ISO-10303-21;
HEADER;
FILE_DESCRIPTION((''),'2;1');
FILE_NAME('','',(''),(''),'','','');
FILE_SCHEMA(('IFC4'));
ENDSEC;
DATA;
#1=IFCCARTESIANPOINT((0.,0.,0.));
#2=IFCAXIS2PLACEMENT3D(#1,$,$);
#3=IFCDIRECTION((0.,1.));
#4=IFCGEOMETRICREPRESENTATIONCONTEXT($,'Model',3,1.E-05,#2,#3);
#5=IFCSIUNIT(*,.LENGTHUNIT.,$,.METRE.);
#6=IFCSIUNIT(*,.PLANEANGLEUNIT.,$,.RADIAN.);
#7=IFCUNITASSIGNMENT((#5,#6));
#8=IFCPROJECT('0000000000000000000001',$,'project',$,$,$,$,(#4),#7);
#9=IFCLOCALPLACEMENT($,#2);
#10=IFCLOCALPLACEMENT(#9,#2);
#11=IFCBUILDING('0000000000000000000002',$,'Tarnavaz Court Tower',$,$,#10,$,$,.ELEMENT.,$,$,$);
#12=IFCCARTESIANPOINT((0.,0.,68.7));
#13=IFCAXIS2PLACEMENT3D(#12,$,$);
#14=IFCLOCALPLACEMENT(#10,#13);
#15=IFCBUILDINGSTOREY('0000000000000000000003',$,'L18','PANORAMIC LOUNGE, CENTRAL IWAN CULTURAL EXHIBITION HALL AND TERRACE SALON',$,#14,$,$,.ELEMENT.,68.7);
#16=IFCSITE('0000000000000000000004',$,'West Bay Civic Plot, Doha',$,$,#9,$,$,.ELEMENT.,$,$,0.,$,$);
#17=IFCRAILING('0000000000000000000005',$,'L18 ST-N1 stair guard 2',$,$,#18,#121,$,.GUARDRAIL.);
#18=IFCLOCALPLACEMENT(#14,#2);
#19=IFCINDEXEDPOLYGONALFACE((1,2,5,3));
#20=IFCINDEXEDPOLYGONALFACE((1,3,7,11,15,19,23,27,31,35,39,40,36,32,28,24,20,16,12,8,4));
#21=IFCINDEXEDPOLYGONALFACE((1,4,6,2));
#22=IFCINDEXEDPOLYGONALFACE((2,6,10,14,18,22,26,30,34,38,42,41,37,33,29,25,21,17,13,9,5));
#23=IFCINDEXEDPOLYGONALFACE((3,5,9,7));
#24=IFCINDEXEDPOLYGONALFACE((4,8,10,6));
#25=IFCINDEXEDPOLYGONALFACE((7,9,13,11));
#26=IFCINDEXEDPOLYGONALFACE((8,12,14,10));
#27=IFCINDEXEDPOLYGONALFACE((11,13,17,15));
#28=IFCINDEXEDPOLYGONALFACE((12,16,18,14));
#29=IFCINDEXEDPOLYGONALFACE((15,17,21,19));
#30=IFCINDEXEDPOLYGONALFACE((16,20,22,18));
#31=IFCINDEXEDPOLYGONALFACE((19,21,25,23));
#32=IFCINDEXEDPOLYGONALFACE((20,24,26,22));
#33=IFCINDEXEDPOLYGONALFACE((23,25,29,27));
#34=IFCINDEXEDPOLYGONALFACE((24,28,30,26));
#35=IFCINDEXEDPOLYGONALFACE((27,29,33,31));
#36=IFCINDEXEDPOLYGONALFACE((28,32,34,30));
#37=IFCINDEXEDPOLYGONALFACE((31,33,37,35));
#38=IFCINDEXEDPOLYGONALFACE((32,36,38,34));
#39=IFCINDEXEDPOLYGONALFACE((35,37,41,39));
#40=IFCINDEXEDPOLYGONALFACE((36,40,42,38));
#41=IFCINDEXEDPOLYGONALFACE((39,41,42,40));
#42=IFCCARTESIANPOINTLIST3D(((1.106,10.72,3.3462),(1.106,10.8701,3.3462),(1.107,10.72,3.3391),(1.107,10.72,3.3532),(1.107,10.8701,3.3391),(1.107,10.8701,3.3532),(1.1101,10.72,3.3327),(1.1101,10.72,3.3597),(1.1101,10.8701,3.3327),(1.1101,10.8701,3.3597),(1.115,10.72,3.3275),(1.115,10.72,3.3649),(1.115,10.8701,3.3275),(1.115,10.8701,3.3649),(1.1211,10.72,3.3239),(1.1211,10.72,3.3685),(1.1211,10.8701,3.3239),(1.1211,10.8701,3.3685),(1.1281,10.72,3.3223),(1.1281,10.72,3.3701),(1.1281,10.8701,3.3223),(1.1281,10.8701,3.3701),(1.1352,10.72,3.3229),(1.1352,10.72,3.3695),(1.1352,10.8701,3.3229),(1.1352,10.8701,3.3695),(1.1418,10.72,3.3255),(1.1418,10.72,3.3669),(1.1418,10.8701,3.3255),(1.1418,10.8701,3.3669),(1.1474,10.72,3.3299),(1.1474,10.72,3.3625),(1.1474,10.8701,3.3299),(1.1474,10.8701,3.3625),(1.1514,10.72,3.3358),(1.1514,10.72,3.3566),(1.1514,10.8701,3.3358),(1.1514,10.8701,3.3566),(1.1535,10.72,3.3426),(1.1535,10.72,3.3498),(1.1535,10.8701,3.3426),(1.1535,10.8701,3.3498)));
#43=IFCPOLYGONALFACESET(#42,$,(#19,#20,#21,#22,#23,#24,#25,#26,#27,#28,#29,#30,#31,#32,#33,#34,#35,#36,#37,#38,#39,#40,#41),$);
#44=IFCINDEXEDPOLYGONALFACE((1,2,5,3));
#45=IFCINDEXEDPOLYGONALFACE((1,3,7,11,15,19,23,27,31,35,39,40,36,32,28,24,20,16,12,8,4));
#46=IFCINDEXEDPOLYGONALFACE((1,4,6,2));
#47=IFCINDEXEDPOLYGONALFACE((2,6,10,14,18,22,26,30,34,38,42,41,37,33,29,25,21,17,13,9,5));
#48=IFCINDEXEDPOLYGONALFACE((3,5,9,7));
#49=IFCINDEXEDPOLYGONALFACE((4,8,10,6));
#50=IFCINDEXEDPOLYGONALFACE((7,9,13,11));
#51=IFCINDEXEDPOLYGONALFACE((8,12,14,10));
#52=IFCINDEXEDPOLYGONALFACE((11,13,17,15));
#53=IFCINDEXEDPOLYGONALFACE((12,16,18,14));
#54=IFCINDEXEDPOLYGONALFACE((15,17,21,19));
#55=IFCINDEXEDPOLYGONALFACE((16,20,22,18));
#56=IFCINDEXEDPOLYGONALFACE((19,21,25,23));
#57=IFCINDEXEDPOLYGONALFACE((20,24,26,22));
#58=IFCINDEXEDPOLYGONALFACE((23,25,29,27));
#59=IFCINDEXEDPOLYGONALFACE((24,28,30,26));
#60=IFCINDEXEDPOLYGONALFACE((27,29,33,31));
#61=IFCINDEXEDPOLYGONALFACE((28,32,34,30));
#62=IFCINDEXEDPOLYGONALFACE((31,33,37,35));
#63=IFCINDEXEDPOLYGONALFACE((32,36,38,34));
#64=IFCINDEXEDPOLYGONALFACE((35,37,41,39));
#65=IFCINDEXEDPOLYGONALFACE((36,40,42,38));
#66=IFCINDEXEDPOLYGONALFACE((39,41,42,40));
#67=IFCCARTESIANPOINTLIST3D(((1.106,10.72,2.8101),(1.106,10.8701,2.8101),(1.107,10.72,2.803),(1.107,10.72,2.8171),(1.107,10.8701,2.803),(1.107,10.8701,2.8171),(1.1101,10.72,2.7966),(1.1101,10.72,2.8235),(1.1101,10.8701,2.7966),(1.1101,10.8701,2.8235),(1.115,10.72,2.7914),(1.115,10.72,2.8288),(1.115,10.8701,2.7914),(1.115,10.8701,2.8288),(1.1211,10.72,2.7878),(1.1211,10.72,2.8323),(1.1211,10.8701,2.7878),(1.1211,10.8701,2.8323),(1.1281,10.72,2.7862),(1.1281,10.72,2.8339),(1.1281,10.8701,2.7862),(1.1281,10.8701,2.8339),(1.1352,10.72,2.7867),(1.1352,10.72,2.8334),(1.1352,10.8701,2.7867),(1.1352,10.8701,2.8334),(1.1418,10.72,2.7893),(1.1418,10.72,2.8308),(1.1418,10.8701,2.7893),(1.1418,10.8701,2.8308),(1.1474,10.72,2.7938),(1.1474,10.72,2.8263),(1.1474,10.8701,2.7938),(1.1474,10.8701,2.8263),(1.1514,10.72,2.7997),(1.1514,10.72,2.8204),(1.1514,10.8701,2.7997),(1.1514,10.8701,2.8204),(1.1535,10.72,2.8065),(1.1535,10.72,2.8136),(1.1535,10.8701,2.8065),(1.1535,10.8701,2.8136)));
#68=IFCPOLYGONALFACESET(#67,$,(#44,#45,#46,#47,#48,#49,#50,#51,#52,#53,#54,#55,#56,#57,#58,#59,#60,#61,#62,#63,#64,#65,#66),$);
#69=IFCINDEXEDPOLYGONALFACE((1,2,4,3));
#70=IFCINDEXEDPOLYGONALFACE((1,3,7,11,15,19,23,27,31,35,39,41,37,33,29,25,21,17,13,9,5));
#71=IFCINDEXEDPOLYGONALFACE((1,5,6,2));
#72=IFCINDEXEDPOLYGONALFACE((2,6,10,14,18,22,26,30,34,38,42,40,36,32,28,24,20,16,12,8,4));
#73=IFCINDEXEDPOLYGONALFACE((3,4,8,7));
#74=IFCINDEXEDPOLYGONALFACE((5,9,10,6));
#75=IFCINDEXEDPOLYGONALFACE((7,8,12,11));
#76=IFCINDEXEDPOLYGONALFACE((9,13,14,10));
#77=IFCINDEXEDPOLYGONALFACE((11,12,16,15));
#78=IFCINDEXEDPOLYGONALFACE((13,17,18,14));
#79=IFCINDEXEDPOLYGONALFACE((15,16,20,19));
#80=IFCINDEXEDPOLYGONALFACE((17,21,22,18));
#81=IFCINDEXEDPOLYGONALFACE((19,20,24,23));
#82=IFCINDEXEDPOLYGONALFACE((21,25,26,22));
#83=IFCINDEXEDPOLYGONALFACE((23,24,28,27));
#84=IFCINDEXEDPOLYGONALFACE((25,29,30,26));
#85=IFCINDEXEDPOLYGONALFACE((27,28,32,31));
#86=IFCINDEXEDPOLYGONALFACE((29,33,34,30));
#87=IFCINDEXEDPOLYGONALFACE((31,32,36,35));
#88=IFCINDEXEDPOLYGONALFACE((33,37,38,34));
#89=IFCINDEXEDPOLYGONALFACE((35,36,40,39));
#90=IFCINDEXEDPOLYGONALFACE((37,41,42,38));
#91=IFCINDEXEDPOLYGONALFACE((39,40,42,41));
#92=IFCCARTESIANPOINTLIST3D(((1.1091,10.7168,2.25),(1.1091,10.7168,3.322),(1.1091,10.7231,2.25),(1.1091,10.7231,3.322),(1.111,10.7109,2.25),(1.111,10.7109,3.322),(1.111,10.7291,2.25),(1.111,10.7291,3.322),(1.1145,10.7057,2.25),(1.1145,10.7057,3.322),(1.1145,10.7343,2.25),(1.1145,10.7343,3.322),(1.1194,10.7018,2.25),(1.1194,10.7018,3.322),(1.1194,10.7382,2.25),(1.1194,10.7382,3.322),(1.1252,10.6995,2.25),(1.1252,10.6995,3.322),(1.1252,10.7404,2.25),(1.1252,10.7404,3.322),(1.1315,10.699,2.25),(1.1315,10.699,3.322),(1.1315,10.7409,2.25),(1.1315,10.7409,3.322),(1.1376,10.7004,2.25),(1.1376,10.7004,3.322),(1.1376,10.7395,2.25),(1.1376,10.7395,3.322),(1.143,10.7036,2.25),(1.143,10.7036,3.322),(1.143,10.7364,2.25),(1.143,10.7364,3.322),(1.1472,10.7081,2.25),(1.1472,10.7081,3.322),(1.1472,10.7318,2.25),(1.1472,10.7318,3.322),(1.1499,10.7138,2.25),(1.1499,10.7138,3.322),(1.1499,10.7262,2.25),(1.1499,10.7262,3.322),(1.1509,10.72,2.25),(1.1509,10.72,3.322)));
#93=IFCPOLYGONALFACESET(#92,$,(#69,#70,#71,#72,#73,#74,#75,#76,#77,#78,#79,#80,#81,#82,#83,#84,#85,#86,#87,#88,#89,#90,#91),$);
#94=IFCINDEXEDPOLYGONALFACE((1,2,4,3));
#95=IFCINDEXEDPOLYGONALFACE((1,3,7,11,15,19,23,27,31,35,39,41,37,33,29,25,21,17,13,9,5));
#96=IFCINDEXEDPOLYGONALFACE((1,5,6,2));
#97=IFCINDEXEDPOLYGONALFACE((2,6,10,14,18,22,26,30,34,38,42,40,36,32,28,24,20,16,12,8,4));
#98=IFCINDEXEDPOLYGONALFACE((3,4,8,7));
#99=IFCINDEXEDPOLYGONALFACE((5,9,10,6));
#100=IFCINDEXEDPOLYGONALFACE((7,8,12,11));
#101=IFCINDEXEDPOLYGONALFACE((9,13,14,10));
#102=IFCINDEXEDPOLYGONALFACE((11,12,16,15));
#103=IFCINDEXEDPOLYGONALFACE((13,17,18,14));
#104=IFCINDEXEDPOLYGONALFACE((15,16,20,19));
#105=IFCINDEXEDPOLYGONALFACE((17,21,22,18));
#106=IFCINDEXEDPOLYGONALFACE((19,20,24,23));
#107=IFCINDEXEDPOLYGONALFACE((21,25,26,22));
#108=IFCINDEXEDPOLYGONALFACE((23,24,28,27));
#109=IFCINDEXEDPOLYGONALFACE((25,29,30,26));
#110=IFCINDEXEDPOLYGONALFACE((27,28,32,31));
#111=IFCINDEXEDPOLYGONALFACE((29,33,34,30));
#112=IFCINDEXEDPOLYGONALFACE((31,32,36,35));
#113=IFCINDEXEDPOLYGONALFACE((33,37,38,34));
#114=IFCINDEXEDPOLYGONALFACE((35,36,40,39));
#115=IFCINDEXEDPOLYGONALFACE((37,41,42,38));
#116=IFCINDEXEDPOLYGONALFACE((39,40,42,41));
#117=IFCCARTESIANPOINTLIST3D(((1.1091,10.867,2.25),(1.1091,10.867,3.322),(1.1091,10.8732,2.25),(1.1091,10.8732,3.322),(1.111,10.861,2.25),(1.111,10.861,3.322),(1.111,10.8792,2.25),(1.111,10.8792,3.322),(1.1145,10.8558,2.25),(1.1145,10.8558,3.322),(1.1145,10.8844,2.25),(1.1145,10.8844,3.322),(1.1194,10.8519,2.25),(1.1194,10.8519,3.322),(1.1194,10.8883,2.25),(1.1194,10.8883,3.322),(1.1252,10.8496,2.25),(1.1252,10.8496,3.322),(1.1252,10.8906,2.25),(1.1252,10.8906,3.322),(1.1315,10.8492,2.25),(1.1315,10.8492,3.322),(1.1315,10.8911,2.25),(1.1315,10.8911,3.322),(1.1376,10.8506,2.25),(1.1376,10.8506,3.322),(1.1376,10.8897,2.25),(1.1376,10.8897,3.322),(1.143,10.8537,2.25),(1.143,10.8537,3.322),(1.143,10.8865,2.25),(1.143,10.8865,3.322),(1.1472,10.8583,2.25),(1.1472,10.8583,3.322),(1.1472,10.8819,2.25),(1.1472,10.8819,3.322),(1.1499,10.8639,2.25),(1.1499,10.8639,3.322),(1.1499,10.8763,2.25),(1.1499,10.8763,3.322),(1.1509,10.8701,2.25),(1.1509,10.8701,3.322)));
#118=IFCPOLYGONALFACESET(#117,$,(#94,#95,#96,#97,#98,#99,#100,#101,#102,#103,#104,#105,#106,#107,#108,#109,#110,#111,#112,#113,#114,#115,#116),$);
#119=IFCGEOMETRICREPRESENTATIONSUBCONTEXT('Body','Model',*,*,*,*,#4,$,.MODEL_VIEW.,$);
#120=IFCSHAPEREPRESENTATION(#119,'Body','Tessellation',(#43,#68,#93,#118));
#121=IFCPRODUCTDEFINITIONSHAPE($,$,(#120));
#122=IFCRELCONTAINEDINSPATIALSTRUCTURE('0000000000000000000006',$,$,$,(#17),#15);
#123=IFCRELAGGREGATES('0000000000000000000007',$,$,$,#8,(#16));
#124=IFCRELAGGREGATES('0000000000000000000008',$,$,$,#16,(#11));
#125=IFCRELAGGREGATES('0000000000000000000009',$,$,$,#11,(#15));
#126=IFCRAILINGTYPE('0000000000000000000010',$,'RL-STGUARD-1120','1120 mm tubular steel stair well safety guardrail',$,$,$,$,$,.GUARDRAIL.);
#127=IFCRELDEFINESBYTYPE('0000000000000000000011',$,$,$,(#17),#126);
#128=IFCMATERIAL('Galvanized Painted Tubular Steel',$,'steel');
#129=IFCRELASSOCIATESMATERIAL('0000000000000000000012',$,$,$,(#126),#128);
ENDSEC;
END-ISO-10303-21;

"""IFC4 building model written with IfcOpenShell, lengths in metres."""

from ifc_helpers import new_model, si_unit, direction, frame, origin, origin_2d, place, context, subcontext, project, spatial, circle, extrude, material, type_object, element, save


model = new_model("IFC4")

# Units and contexts
model_context = context("Model", 3, precision=1e-05, world=origin(), true_north=direction((0.0, 1.0)))
body_context = subcontext(model_context, "Body", "Model", "MODEL_VIEW")
ifc_project = project(units=[si_unit("LENGTHUNIT", "METRE"), si_unit("PLANEANGLEUNIT", "RADIAN")], contexts=[model_context])

# Site, building, storey
site_placement = place(None, origin())
site = spatial("IfcSite", under=ifc_project, at=site_placement, Name="West Bay Civic Plot, Doha", CompositionType="ELEMENT", RefElevation=0.0)
building_placement = place(site_placement, origin())
building = spatial("IfcBuilding", under=site, at=building_placement, Name="Tarnavaz Court Tower", CompositionType="ELEMENT")
storey_placement = place(building_placement, frame((0.0, 0.0, 68.7)))
storey = spatial("IfcBuildingStorey", under=building, at=storey_placement, Name="L18", Description="PANORAMIC LOUNGE, CENTRAL IWAN CULTURAL EXHIBITION HALL AND TERRACE SALON", CompositionType="ELEMENT", Elevation=68.7)

# Railing
ifc_material_1 = material(Name="Galvanized Painted Tubular Steel", Category="steel")
railing_type_1 = type_object("IfcRailingType", Name="RL-STGUARD-1120", Description="1120 mm tubular steel stair well safety guardrail", PredefinedType="GUARDRAIL", material=ifc_material_1)
railing_1_placement = place(storey_placement, frame((1.1299, 10.72, 2.25)))
element("IfcRailing", 1, at=railing_1_placement, inside=storey, type_object=railing_type_1, Name="L18 ST-N1 stair guard 2", PredefinedType="GUARDRAIL", context=body_context, shape_type="SweptSolid", body=[
    extrude(circle(Radius=0.0239, at=origin_2d()), frame((0.0, 0.0, 1.0962), z_axis=(0.0, 1.0, 0.0), x_axis=(-1.0, 0.0, 0.0)), (0.0, 0.0, 1.0), 0.1501),
    extrude(circle(Radius=0.0239, at=origin_2d()), frame((0.0, 0.0, 0.5601), z_axis=(0.0, 1.0, 0.0), x_axis=(-1.0, 0.0, 0.0)), (0.0, 0.0, 1.0), 0.1501),
    extrude(circle(Radius=0.021, at=origin_2d()), origin(), (0.0, 0.0, 1.0), 1.072),
    extrude(circle(Radius=0.021, at=origin_2d()), frame((0.0, 0.1501, 0.0)), (0.0, 0.0, 1.0), 1.072),
])

save(model, "model.ifc")
